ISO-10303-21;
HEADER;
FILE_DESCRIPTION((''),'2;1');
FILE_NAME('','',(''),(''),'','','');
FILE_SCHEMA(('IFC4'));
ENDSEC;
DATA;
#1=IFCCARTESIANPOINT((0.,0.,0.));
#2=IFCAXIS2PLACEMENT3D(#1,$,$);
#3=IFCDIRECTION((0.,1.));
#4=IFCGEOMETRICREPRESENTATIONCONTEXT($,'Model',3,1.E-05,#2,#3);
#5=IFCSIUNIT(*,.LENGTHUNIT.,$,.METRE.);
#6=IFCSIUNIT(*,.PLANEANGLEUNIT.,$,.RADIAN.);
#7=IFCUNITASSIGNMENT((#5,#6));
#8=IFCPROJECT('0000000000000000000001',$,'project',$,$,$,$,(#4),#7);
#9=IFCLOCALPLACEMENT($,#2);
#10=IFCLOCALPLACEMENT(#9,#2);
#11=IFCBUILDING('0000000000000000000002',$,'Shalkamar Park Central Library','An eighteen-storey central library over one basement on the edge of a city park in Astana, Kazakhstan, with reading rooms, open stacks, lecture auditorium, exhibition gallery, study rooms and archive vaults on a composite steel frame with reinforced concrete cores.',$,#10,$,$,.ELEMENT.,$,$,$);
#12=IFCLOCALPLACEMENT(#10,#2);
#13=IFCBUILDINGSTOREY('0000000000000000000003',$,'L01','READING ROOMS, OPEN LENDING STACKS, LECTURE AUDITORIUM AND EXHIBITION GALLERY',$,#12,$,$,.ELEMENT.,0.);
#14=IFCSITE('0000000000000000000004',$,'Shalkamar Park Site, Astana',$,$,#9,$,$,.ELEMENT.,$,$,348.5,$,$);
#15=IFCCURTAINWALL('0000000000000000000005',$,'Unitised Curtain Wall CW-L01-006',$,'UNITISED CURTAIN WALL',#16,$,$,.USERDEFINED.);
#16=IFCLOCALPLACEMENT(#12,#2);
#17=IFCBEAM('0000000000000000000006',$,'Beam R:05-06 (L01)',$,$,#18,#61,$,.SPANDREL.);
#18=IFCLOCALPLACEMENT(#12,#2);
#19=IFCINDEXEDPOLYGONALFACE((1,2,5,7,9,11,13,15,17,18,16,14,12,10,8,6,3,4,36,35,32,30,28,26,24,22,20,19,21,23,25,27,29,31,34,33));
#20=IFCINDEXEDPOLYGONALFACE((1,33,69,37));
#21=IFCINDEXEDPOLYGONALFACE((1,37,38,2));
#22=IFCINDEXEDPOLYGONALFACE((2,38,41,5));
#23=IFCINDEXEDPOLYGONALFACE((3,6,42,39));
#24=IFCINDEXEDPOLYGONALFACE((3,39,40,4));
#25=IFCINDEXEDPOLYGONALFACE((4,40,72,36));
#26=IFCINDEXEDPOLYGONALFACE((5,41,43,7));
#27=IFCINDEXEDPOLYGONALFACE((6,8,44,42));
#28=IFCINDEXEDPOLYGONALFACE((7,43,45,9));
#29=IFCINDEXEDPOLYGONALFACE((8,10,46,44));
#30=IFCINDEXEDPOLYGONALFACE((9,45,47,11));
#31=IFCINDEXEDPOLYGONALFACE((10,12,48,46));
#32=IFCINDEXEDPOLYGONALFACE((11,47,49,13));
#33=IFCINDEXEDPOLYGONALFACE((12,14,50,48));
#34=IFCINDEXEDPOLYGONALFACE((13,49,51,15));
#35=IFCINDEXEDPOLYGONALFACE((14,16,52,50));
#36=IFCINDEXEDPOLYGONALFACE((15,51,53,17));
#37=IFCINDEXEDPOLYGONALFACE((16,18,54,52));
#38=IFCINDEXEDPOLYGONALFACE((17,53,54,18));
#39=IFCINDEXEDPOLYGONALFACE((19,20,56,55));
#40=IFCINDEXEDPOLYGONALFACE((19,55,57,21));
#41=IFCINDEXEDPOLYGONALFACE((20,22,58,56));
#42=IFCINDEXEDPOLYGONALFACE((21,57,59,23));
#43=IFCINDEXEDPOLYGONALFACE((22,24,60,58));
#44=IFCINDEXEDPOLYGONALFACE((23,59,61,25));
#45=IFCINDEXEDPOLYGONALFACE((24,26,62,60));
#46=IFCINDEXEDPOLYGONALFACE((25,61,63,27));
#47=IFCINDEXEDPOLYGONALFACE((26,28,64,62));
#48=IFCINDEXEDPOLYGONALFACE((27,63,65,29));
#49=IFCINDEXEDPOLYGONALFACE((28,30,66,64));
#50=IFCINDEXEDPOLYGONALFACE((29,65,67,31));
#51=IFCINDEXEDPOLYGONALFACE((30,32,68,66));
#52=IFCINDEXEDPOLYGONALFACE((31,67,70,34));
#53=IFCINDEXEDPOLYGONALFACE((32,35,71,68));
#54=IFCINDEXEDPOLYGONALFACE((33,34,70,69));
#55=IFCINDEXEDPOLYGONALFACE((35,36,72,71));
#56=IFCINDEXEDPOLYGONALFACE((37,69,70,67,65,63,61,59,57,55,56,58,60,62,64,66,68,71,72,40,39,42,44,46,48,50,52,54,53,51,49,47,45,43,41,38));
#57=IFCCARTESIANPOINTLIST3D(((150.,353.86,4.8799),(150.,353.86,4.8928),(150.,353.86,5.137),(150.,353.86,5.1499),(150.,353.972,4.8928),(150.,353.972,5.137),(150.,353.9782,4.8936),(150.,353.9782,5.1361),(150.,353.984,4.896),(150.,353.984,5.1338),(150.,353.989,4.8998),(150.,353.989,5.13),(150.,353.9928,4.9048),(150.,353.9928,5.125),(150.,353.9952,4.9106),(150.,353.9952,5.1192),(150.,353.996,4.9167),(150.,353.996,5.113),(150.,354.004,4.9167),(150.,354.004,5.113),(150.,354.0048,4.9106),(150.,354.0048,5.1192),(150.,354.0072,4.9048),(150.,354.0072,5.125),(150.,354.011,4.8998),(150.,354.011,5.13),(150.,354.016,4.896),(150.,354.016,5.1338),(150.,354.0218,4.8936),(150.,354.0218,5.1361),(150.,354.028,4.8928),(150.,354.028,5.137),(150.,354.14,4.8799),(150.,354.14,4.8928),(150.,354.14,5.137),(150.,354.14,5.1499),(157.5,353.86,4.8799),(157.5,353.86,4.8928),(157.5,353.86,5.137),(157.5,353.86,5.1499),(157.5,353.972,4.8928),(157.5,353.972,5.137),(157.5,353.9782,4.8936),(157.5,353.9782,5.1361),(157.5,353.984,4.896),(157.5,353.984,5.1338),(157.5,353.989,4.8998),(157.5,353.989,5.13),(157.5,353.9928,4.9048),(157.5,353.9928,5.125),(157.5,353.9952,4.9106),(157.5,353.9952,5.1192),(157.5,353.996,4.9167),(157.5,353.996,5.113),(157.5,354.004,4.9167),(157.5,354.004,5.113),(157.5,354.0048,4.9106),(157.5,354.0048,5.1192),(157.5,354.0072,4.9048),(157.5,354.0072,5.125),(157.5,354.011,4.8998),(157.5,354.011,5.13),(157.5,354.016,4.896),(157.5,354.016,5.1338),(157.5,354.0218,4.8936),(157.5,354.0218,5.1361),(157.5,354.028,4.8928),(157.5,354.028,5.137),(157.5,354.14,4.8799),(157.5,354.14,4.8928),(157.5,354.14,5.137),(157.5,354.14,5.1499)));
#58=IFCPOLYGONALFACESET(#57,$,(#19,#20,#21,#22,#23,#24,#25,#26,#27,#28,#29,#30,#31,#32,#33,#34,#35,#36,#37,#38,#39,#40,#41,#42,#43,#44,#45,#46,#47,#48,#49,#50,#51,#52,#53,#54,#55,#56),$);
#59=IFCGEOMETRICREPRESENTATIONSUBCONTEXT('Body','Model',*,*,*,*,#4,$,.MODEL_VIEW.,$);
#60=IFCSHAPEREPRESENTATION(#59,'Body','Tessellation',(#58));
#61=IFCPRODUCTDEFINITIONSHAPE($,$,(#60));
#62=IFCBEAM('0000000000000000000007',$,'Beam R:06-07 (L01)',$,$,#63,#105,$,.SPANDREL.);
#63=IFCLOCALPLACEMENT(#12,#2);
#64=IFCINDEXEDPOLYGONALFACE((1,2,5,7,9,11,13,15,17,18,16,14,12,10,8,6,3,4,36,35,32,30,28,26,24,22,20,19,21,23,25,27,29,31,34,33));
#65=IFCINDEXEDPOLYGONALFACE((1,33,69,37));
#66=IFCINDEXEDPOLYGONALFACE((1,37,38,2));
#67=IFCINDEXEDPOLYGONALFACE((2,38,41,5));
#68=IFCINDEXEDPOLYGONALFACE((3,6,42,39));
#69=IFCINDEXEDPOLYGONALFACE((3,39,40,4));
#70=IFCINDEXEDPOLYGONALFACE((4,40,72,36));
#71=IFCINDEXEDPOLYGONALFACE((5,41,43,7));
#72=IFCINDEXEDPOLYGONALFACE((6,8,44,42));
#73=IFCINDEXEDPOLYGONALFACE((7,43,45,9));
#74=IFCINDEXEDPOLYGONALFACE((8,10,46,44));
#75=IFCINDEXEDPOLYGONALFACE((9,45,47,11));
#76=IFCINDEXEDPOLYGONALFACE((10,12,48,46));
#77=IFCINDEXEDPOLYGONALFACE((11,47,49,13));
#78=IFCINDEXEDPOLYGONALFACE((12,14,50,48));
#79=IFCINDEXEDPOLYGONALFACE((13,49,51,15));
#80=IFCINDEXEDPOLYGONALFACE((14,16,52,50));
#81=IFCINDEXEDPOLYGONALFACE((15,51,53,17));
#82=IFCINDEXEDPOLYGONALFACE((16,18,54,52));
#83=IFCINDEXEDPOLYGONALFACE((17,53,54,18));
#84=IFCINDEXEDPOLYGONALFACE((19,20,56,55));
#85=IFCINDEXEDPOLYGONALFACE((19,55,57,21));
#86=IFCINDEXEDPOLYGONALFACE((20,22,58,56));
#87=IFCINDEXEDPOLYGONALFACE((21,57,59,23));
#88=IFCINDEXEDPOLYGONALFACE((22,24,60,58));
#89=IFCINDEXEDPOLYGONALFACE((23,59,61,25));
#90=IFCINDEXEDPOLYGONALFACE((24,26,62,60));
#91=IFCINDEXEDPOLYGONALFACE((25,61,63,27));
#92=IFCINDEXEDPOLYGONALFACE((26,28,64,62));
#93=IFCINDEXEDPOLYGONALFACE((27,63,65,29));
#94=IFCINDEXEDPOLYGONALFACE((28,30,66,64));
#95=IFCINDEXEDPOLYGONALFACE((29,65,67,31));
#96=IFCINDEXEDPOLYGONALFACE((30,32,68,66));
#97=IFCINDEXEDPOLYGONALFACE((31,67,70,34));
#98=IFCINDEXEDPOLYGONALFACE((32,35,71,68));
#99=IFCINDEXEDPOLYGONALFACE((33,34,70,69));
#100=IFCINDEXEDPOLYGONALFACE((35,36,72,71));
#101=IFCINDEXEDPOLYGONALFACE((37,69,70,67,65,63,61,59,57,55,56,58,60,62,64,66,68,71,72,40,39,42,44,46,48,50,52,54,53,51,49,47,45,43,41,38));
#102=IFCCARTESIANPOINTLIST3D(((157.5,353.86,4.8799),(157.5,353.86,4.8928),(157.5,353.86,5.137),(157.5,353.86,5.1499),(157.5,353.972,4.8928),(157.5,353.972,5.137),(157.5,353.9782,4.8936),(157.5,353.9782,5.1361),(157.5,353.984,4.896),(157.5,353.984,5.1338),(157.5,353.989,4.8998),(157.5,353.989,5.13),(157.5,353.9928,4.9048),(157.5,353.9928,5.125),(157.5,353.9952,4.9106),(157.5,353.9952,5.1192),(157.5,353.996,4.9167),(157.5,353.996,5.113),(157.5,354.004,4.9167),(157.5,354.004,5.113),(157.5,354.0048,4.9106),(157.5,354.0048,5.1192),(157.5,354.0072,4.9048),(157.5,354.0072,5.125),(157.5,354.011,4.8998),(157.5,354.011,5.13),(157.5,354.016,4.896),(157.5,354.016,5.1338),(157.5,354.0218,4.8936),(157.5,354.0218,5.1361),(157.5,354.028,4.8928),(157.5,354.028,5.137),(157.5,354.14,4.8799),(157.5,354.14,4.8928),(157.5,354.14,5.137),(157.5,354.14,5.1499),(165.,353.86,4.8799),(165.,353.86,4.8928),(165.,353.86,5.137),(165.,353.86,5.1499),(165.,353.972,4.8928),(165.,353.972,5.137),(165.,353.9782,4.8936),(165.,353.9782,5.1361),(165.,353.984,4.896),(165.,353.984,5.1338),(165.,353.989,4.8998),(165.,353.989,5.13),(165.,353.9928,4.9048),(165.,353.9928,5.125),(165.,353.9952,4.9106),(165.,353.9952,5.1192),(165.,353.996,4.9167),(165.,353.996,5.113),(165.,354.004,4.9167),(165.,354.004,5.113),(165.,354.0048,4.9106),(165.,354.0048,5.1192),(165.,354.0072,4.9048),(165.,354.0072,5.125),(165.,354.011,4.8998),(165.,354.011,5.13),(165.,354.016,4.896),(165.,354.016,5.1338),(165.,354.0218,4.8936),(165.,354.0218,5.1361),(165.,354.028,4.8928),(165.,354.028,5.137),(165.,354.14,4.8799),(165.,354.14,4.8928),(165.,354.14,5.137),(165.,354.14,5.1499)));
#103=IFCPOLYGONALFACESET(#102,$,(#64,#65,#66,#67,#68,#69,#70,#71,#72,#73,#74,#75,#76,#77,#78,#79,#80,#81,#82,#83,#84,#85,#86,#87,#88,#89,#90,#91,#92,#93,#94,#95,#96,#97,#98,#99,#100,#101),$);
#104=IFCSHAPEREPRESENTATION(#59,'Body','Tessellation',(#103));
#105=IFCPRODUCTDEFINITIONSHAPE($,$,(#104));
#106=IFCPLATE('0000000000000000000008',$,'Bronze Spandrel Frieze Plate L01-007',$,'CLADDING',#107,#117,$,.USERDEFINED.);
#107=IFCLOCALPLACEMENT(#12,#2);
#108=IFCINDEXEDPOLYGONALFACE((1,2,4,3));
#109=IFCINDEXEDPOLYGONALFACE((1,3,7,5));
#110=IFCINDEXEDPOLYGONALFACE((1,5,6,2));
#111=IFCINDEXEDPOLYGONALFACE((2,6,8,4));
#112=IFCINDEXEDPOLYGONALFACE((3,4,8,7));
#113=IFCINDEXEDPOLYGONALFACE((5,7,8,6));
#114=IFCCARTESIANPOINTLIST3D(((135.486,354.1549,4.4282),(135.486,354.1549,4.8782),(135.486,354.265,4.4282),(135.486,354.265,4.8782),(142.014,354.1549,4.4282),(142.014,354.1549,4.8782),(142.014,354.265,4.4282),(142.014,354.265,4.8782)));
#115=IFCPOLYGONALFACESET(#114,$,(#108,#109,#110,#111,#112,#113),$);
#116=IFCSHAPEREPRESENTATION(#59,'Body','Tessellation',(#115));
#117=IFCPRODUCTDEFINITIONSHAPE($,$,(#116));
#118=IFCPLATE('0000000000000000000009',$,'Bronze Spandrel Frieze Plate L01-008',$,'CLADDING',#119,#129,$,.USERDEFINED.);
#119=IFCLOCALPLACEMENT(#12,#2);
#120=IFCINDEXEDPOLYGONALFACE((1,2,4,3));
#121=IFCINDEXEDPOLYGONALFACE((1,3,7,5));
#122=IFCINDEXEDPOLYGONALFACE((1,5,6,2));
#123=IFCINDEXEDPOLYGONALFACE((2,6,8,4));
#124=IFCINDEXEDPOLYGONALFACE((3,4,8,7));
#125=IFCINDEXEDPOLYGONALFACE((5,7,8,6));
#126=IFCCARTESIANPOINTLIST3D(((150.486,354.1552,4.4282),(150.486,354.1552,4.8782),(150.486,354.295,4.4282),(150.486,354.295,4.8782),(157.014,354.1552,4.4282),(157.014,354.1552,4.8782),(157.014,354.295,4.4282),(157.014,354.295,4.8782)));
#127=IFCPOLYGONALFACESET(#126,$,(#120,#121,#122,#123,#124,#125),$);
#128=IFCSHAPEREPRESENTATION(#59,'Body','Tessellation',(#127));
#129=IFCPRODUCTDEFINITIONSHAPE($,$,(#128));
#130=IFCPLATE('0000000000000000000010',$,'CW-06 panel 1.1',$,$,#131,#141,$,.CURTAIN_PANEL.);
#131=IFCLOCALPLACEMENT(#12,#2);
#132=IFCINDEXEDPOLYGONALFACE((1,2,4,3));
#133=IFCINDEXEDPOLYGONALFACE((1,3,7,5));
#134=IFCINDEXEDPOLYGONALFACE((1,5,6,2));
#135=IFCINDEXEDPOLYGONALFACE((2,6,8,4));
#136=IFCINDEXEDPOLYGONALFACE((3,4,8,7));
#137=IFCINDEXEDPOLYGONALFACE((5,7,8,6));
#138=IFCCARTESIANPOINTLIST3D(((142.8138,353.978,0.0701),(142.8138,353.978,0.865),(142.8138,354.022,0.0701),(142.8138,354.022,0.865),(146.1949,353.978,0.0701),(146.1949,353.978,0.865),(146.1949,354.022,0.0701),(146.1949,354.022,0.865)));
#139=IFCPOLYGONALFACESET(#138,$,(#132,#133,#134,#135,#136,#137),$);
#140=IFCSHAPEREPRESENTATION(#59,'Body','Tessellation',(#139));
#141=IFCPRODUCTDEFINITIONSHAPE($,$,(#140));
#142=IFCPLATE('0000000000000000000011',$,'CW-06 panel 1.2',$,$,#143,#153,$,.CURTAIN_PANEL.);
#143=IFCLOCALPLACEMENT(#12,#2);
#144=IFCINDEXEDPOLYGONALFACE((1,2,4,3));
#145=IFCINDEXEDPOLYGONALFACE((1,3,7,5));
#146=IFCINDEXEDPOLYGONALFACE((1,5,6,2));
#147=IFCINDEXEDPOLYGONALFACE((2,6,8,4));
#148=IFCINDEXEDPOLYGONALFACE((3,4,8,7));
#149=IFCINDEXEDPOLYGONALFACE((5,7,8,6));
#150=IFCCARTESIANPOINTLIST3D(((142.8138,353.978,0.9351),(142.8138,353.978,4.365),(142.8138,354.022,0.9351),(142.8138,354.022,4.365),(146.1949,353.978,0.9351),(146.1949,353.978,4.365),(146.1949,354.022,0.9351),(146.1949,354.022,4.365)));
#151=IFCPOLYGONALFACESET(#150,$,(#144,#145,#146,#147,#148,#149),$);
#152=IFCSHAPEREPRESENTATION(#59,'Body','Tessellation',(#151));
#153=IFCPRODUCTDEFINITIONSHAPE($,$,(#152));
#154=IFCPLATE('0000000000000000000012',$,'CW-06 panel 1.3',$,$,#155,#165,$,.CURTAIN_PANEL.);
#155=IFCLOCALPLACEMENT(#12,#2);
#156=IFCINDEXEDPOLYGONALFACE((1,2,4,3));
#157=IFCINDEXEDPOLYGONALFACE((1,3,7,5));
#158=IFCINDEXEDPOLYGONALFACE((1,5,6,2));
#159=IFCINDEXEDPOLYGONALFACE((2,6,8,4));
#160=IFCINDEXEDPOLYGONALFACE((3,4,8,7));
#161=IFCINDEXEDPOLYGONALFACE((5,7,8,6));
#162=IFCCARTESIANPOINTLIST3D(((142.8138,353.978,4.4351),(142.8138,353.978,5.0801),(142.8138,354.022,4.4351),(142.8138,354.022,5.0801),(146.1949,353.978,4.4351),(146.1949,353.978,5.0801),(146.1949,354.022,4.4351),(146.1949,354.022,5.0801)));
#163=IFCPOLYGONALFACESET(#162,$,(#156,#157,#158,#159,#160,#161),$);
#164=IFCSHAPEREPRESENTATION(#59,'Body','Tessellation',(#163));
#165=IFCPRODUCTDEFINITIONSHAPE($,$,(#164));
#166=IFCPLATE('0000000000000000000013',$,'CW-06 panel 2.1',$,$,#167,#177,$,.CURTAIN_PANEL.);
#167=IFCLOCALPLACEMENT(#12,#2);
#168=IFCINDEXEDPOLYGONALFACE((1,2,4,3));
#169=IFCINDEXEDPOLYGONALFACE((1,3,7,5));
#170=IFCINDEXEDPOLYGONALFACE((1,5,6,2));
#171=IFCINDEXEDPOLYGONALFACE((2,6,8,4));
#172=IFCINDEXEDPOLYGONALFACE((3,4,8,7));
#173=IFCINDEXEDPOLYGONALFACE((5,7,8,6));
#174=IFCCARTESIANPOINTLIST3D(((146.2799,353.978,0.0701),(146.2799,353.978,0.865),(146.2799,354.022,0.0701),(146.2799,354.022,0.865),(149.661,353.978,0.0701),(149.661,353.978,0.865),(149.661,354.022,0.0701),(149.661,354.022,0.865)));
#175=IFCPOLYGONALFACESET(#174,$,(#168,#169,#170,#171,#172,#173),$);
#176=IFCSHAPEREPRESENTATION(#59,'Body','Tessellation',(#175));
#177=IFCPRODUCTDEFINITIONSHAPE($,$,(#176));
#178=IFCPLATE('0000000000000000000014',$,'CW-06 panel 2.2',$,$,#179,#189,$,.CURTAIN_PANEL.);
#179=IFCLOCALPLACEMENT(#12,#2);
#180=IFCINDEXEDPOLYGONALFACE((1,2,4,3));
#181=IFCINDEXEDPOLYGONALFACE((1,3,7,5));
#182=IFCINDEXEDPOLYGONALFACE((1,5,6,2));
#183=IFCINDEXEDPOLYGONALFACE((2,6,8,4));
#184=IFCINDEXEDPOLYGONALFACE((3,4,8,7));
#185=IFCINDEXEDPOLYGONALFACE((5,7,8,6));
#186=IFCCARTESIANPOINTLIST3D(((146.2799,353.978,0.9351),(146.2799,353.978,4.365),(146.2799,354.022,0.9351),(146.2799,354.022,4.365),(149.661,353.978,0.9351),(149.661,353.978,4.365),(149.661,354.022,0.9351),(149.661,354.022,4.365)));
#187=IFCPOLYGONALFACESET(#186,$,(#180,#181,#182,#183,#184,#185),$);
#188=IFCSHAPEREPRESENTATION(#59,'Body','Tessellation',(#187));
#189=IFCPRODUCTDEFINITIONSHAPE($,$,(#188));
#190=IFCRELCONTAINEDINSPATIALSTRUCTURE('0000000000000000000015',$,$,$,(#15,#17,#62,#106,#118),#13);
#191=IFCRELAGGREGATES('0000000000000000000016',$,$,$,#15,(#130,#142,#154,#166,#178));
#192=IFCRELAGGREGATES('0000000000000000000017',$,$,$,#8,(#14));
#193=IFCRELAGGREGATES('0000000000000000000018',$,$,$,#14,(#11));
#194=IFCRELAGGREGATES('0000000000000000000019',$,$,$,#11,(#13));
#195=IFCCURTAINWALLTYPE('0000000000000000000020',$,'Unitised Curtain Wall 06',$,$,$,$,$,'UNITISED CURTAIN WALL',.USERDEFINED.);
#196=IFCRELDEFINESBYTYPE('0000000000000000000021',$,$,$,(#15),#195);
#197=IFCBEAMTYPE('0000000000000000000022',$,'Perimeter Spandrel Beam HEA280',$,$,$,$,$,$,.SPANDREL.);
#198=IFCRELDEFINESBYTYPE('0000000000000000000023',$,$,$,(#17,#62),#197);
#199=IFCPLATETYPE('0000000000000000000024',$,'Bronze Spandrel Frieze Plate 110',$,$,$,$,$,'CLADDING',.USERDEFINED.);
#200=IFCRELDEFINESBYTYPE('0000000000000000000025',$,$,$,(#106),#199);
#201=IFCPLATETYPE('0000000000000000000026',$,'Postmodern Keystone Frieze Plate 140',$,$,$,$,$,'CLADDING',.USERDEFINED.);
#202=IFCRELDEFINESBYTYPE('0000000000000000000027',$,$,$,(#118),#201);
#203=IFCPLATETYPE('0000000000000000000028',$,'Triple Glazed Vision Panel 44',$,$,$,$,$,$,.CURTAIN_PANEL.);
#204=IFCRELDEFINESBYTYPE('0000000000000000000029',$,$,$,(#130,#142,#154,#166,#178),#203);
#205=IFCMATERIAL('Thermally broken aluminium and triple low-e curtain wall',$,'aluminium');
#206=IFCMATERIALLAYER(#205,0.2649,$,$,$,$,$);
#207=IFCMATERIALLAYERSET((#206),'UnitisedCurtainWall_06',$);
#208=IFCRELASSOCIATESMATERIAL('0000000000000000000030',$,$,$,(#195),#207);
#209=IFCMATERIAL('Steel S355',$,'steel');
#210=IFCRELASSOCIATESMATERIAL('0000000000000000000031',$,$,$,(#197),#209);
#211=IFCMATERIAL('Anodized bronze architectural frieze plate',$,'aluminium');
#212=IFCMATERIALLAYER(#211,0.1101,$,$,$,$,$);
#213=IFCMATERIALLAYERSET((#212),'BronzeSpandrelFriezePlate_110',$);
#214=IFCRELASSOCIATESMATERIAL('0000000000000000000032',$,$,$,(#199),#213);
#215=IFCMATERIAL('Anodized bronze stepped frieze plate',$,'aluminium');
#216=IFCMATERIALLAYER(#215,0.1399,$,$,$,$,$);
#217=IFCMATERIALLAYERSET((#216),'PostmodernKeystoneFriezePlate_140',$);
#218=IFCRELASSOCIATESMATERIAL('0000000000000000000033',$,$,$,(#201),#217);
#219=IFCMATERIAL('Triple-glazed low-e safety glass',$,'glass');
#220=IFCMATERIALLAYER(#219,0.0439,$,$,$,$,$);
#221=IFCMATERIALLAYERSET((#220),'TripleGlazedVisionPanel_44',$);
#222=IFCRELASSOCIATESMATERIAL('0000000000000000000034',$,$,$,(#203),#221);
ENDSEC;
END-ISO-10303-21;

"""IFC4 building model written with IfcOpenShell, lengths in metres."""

from ifc_helpers import new_model, si_unit, direction, frame, origin, origin_2d, place, context, subcontext, project, spatial, rectangle, i_section, extrude, material, layer, layer_set, material_profile, profile_set, type_object, element, aggregate, save


model = new_model("IFC4")

# Units and contexts
model_context = context("Model", 3, precision=1e-05, world=origin(), true_north=direction((0.0, 1.0)))
body_context = subcontext(model_context, "Body", "Model", "MODEL_VIEW")
ifc_project = project(units=[si_unit("LENGTHUNIT", "METRE"), si_unit("PLANEANGLEUNIT", "RADIAN")], contexts=[model_context])

# Site, building, storey
site_placement = place(None, origin())
site = spatial("IfcSite", under=ifc_project, at=site_placement, Name="Shalkamar Park Site, Astana", CompositionType="ELEMENT", RefElevation=348.5)
building_placement = place(site_placement, origin())
building = spatial("IfcBuilding", under=site, at=building_placement, Name="Shalkamar Park Central Library", Description="An eighteen-storey central library over one basement on the edge of a city park in Astana, Kazakhstan, with reading rooms, open stacks, lecture auditorium, exhibition gallery, study rooms and archive vaults on a composite steel frame with reinforced concrete cores.", CompositionType="ELEMENT")
storey_placement = place(building_placement, origin())
storey = spatial("IfcBuildingStorey", under=building, at=storey_placement, Name="L01", Description="READING ROOMS, OPEN LENDING STACKS, LECTURE AUDITORIUM AND EXHIBITION GALLERY", CompositionType="ELEMENT", Elevation=0.0)

# Shared definitions
ifc_material_1 = material(Name="Steel S355", Category="steel")

# Curtain wall
ifc_material_2 = material(Name="Thermally broken aluminium and triple low-e curtain wall", Category="aluminium")
ifc_layer_1 = layer(ifc_material_2, 0.2649)
ifc_layer_set_1 = layer_set([ifc_layer_1], Name="UnitisedCurtainWall_06")
curtain_wall_type = type_object("IfcCurtainWallType", Name="Unitised Curtain Wall 06", ElementType="UNITISED CURTAIN WALL", PredefinedType="USERDEFINED", material=ifc_layer_set_1)
curtain_wall_placement = place(storey_placement, origin())
curtain_wall = element("IfcCurtainWall", 1, at=curtain_wall_placement, inside=storey, type_object=curtain_wall_type, Name="Unitised Curtain Wall CW-L01-006", ObjectType="UNITISED CURTAIN WALL", PredefinedType="USERDEFINED")

# Beams
ifc_material_profile_1 = material_profile(ifc_material_1, i_section(OverallWidth=0.28, OverallDepth=0.27, WebThickness=0.0081, FlangeThickness=0.0129, FilletRadius=0.0239, at=origin_2d()), Name="HEA 280")
ifc_profile_set_1 = profile_set([ifc_material_profile_1], Name="Steel S355")
beam_type = type_object("IfcBeamType", Name="Perimeter Spandrel Beam HEA280", PredefinedType="SPANDREL", material=ifc_profile_set_1)
for number, where, z_axis, x_axis, name in (
    (2, (150.0, 354.0, 5.0149), (1.0, 0.0, 0.0), (0.0, 1.0, 0.0), "Beam R:05-06 (L01)"),
    (3, (157.5, 354.0, 5.0149), (1.0, 0.0, 0.0), (0.0, 1.0, 0.0), "Beam R:06-07 (L01)"),
):
    element("IfcBeam", number, at=place(storey_placement, frame(where, z_axis=z_axis, x_axis=x_axis)), inside=storey, type_object=beam_type, Name=name, PredefinedType="SPANDREL", context=body_context, shape_type="SweptSolid", body=[
        extrude(i_section(OverallWidth=0.28, OverallDepth=0.27, WebThickness=0.0081, FlangeThickness=0.0129, FilletRadius=0.0239, at=origin_2d()), origin(), (0.0, 0.0, 1.0), 7.5),
    ])

# Plates
ifc_material_3 = material(Name="Anodized bronze architectural frieze plate", Category="aluminium")
ifc_layer_2 = layer(ifc_material_3, 0.1101)
ifc_layer_set_2 = layer_set([ifc_layer_2], Name="BronzeSpandrelFriezePlate_110")
plate_type_1 = type_object("IfcPlateType", Name="Bronze Spandrel Frieze Plate 110", ElementType="CLADDING", PredefinedType="USERDEFINED", material=ifc_layer_set_2)
plate_1_placement = place(storey_placement, frame((138.75, 354.21, 4.4282), z_axis=(0.0, 0.0, 1.0), x_axis=(1.0, 0.0, 0.0)))
element("IfcPlate", 4, at=plate_1_placement, inside=storey, type_object=plate_type_1, Name="Bronze Spandrel Frieze Plate L01-007", ObjectType="CLADDING", PredefinedType="USERDEFINED", context=body_context, shape_type="SweptSolid", body=[
    extrude(rectangle(XDim=6.5281, YDim=0.1101, at=origin_2d()), origin(), (0.0, 0.0, 1.0), 0.45),
])
ifc_material_4 = material(Name="Anodized bronze stepped frieze plate", Category="aluminium")
ifc_layer_3 = layer(ifc_material_4, 0.1399)
ifc_layer_set_3 = layer_set([ifc_layer_3], Name="PostmodernKeystoneFriezePlate_140")
plate_type_2 = type_object("IfcPlateType", Name="Postmodern Keystone Frieze Plate 140", ElementType="CLADDING", PredefinedType="USERDEFINED", material=ifc_layer_set_3)
plate_2_placement = place(storey_placement, frame((153.75, 354.2251, 4.4282), z_axis=(0.0, 0.0, 1.0), x_axis=(1.0, 0.0, 0.0)))
element("IfcPlate", 5, at=plate_2_placement, inside=storey, type_object=plate_type_2, Name="Bronze Spandrel Frieze Plate L01-008", ObjectType="CLADDING", PredefinedType="USERDEFINED", context=body_context, shape_type="SweptSolid", body=[
    extrude(rectangle(XDim=6.5281, YDim=0.1399, at=origin_2d()), origin(), (0.0, 0.0, 1.0), 0.45),
])

# Plates
ifc_material_5 = material(Name="Triple-glazed low-e safety glass", Category="glass")
ifc_layer_4 = layer(ifc_material_5, 0.0439)
ifc_layer_set_4 = layer_set([ifc_layer_4], Name="TripleGlazedVisionPanel_44")
plate_type_3 = type_object("IfcPlateType", Name="Triple Glazed Vision Panel 44", PredefinedType="CURTAIN_PANEL", material=ifc_layer_set_4)
plate_3_placement = place(storey_placement, frame((144.5044, 354.0, 0.0701), z_axis=(0.0, 0.0, 1.0), x_axis=(1.0, 0.0, 0.0)))
plate_3 = element("IfcPlate", 6, at=plate_3_placement, type_object=plate_type_3, Name="CW-06 panel 1.1", PredefinedType="CURTAIN_PANEL", context=body_context, shape_type="SweptSolid", body=[
    extrude(rectangle(XDim=3.3811, YDim=0.0439, at=origin_2d()), origin(), (0.0, 0.0, 1.0), 0.7949),
])
plate_4_placement = place(storey_placement, frame((144.5044, 354.0, 0.9351), z_axis=(0.0, 0.0, 1.0), x_axis=(1.0, 0.0, 0.0)))
plate_4 = element("IfcPlate", 7, at=plate_4_placement, type_object=plate_type_3, Name="CW-06 panel 1.2", PredefinedType="CURTAIN_PANEL", context=body_context, shape_type="SweptSolid", body=[
    extrude(rectangle(XDim=3.3811, YDim=0.0439, at=origin_2d()), origin(), (0.0, 0.0, 1.0), 3.4299),
])
plate_5_placement = place(storey_placement, frame((144.5044, 354.0, 4.4351), z_axis=(0.0, 0.0, 1.0), x_axis=(1.0, 0.0, 0.0)))
plate_5 = element("IfcPlate", 8, at=plate_5_placement, type_object=plate_type_3, Name="CW-06 panel 1.3", PredefinedType="CURTAIN_PANEL", context=body_context, shape_type="SweptSolid", body=[
    extrude(rectangle(XDim=3.3811, YDim=0.0439, at=origin_2d()), origin(), (0.0, 0.0, 1.0), 0.645),
])
plate_6_placement = place(storey_placement, frame((147.9705, 354.0, 0.0701), z_axis=(0.0, 0.0, 1.0), x_axis=(1.0, 0.0, 0.0)))
plate_6 = element("IfcPlate", 9, at=plate_6_placement, type_object=plate_type_3, Name="CW-06 panel 2.1", PredefinedType="CURTAIN_PANEL", context=body_context, shape_type="SweptSolid", body=[
    extrude(rectangle(XDim=3.3811, YDim=0.0439, at=origin_2d()), origin(), (0.0, 0.0, 1.0), 0.7949),
])
plate_7_placement = place(storey_placement, frame((147.9705, 354.0, 0.9351), z_axis=(0.0, 0.0, 1.0), x_axis=(1.0, 0.0, 0.0)))
plate_7 = element("IfcPlate", 10, at=plate_7_placement, type_object=plate_type_3, Name="CW-06 panel 2.2", PredefinedType="CURTAIN_PANEL", context=body_context, shape_type="SweptSolid", body=[
    extrude(rectangle(XDim=3.3811, YDim=0.0439, at=origin_2d()), origin(), (0.0, 0.0, 1.0), 3.4299),
])
aggregate(curtain_wall, [plate_3, plate_4, plate_5, plate_6, plate_7])

save(model, "model.ifc")
